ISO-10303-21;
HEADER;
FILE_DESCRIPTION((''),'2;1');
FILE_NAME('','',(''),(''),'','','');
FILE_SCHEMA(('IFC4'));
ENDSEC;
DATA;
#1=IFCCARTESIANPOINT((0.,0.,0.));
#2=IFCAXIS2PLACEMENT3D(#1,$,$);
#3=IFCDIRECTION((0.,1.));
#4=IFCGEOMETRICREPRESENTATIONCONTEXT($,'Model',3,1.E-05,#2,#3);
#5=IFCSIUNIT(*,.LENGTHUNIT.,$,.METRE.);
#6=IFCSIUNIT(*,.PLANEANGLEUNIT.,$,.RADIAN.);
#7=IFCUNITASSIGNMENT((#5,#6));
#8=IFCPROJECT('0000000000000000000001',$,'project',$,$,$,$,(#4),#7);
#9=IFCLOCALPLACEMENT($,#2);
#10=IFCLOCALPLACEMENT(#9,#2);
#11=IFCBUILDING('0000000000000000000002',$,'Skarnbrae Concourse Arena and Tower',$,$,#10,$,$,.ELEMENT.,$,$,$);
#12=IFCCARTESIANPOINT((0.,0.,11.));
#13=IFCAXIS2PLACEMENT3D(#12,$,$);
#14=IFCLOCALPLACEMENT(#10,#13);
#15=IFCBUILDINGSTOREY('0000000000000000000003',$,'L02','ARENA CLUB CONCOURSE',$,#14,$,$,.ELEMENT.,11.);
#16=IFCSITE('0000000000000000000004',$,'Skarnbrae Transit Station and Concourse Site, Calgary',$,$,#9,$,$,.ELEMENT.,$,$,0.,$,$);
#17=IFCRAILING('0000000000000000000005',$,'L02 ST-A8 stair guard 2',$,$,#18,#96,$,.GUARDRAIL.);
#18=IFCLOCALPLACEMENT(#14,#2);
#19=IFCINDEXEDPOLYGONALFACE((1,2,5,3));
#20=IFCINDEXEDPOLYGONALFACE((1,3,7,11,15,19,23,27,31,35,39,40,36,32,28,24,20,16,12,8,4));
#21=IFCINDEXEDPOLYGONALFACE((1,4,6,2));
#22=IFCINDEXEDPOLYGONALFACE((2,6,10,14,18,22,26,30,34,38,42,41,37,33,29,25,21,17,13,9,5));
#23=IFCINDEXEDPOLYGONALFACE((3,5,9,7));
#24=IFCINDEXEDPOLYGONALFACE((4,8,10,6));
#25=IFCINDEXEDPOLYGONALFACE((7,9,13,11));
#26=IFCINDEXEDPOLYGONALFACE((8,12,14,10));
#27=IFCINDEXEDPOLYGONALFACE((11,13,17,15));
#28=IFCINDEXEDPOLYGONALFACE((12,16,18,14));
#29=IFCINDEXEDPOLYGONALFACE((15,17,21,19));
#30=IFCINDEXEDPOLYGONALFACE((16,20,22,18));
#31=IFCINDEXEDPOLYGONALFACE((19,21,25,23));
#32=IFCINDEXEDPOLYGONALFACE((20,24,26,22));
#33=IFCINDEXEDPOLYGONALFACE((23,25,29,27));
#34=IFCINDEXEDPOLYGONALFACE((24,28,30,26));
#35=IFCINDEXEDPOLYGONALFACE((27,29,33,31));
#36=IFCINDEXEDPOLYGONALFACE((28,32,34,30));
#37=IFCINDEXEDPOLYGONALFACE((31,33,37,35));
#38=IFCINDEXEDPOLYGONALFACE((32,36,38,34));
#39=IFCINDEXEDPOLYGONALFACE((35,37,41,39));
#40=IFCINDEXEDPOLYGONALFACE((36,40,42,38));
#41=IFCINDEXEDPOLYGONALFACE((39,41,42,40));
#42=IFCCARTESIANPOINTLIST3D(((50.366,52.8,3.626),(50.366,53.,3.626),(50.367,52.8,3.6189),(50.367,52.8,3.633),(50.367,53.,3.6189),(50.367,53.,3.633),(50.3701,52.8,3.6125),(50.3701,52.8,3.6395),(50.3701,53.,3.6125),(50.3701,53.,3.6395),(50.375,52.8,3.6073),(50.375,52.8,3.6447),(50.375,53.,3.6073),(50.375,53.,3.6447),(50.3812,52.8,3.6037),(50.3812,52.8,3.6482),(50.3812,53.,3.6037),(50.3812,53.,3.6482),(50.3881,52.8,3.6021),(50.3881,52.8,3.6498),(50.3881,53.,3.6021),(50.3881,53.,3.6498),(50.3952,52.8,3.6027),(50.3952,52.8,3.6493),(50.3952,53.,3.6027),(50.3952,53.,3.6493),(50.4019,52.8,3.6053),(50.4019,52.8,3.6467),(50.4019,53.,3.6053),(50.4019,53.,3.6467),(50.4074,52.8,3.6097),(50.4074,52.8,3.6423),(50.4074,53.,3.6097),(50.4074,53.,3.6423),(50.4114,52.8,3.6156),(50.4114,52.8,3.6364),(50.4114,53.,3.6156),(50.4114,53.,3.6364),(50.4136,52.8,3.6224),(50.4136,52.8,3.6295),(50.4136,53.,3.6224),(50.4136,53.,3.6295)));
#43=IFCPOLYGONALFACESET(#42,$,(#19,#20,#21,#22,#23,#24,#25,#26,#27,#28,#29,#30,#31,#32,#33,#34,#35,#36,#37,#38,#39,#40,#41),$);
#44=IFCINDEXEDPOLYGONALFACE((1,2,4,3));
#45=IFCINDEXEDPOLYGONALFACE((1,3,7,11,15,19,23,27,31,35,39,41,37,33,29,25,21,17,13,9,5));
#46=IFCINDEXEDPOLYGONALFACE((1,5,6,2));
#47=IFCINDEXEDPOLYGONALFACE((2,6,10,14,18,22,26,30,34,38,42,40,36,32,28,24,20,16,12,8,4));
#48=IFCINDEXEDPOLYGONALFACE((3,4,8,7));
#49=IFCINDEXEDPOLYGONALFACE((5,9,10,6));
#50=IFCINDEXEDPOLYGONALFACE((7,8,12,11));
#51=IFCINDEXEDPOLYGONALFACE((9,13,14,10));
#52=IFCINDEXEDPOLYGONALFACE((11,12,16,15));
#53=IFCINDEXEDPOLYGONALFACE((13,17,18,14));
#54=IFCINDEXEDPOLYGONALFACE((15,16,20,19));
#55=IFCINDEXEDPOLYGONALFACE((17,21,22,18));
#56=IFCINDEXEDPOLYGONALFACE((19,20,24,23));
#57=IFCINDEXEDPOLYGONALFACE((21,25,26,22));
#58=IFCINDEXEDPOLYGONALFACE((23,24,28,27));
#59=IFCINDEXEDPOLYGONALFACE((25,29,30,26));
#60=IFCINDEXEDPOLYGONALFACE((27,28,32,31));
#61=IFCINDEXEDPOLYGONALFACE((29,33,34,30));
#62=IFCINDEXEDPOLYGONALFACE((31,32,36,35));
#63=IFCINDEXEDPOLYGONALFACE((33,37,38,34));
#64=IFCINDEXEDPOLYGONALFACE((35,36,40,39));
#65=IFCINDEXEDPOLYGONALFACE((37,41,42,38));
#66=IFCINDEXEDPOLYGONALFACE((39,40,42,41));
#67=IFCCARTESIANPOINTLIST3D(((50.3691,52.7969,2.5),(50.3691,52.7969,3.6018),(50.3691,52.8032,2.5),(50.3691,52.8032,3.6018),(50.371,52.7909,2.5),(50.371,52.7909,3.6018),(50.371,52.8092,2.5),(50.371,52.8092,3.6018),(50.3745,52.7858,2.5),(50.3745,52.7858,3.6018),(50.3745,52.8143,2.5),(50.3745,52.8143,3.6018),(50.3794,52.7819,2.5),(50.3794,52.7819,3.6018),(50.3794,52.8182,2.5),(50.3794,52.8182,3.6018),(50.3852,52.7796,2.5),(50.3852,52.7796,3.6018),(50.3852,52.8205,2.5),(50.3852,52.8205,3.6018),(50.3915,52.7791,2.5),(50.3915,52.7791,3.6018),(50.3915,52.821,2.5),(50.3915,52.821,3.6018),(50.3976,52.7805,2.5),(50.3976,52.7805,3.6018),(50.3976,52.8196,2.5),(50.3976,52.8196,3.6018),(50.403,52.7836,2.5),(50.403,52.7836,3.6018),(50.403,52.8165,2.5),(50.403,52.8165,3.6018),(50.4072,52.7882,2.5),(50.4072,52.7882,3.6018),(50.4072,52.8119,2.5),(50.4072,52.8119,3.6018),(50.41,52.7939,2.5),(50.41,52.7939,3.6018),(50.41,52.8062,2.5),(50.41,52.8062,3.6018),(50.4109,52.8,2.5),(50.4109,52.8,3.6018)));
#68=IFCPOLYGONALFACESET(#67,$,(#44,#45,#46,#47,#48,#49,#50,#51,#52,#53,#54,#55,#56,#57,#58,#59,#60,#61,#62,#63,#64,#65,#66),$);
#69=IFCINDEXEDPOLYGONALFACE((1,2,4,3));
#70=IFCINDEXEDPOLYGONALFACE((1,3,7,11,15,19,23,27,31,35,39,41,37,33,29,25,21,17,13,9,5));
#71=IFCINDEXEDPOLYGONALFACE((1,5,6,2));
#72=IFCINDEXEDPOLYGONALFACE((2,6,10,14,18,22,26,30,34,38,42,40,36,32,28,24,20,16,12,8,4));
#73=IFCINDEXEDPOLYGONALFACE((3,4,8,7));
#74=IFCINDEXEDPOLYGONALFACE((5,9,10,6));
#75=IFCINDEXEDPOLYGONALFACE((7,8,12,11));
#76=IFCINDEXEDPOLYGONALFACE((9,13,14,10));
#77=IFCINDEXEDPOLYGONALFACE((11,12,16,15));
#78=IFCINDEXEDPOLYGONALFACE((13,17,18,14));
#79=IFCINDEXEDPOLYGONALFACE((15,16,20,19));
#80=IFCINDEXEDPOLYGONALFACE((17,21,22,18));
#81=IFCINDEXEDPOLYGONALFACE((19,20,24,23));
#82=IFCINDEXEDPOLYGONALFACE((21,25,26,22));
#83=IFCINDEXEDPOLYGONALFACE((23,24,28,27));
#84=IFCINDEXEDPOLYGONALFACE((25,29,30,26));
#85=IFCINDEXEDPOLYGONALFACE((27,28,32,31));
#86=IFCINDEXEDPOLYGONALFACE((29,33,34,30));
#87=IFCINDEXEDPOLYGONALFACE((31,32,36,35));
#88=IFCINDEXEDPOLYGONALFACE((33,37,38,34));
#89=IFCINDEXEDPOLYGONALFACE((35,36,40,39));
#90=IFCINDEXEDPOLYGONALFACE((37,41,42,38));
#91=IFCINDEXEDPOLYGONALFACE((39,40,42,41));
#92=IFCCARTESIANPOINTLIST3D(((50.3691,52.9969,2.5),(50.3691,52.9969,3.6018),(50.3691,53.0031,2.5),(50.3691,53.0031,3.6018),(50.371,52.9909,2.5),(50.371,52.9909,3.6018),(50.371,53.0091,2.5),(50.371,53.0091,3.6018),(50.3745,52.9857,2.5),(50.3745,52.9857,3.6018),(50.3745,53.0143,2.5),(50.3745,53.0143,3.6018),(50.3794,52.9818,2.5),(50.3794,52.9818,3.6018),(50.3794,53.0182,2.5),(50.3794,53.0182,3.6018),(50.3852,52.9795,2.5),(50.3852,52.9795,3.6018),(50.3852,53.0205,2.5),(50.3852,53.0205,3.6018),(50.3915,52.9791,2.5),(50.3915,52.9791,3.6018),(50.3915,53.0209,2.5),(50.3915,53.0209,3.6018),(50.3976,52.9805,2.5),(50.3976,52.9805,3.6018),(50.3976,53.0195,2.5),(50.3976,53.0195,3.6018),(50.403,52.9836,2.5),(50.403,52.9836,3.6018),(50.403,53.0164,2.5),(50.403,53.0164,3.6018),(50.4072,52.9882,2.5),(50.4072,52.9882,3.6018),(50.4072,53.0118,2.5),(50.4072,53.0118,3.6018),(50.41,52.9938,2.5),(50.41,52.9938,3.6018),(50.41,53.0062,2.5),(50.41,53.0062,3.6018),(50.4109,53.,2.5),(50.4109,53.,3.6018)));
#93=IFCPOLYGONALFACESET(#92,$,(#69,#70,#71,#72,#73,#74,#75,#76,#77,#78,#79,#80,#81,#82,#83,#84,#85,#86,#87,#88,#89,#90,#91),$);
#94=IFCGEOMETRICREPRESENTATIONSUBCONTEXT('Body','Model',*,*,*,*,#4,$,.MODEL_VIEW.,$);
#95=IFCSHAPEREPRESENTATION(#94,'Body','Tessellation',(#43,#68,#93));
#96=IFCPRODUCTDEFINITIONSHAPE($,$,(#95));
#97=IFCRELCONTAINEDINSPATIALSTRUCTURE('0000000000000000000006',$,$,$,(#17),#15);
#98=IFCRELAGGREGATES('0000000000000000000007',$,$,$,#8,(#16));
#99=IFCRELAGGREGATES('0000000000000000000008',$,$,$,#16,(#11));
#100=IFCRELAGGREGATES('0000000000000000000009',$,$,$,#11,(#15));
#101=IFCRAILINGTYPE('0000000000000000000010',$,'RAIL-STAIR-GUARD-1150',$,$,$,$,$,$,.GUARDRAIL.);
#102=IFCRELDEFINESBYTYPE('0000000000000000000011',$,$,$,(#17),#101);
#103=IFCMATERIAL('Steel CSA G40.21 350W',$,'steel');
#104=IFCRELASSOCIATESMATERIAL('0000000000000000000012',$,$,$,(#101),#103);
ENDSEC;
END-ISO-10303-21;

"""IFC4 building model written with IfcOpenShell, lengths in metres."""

from ifc_helpers import new_model, si_unit, direction, frame, origin, origin_2d, place, context, subcontext, project, spatial, circle, extrude, material, type_object, element, save


model = new_model("IFC4")

# Units and contexts
model_context = context("Model", 3, precision=1e-05, world=origin(), true_north=direction((0.0, 1.0)))
body_context = subcontext(model_context, "Body", "Model", "MODEL_VIEW")
ifc_project = project(units=[si_unit("LENGTHUNIT", "METRE"), si_unit("PLANEANGLEUNIT", "RADIAN")], contexts=[model_context])

# Site, building, storey
site_placement = place(None, origin())
site = spatial("IfcSite", under=ifc_project, at=site_placement, Name="Skarnbrae Transit Station and Concourse Site, Calgary", CompositionType="ELEMENT", RefElevation=0.0)
building_placement = place(site_placement, origin())
building = spatial("IfcBuilding", under=site, at=building_placement, Name="Skarnbrae Concourse Arena and Tower", CompositionType="ELEMENT")
storey_placement = place(building_placement, frame((0.0, 0.0, 11.0)))
storey = spatial("IfcBuildingStorey", under=building, at=storey_placement, Name="L02", Description="ARENA CLUB CONCOURSE", CompositionType="ELEMENT", Elevation=11.0)

# Shared definitions
ifc_material_1 = material(Name="Steel CSA G40.21 350W", Category="steel")

# Railing
railing_type_1 = type_object("IfcRailingType", Name="RAIL-STAIR-GUARD-1150", PredefinedType="GUARDRAIL", material=ifc_material_1)
railing_1_placement = place(storey_placement, frame((50.3899, 52.8, 2.5)))
element("IfcRailing", 1, at=railing_1_placement, inside=storey, type_object=railing_type_1, Name="L02 ST-A8 stair guard 2", PredefinedType="GUARDRAIL", context=body_context, shape_type="SweptSolid", body=[
    extrude(circle(Radius=0.0239, at=origin_2d()), frame((0.0, 0.0, 1.126), z_axis=(0.0, 1.0, 0.0), x_axis=(-1.0, 0.0, 0.0)), (0.0, 0.0, 1.0), 0.2),
    extrude(circle(Radius=0.021, at=origin_2d()), origin(), (0.0, 0.0, 1.0), 1.1018),
    extrude(circle(Radius=0.021, at=origin_2d()), frame((0.0, 0.2, 0.0)), (0.0, 0.0, 1.0), 1.1018),
])

save(model, "model.ifc")
